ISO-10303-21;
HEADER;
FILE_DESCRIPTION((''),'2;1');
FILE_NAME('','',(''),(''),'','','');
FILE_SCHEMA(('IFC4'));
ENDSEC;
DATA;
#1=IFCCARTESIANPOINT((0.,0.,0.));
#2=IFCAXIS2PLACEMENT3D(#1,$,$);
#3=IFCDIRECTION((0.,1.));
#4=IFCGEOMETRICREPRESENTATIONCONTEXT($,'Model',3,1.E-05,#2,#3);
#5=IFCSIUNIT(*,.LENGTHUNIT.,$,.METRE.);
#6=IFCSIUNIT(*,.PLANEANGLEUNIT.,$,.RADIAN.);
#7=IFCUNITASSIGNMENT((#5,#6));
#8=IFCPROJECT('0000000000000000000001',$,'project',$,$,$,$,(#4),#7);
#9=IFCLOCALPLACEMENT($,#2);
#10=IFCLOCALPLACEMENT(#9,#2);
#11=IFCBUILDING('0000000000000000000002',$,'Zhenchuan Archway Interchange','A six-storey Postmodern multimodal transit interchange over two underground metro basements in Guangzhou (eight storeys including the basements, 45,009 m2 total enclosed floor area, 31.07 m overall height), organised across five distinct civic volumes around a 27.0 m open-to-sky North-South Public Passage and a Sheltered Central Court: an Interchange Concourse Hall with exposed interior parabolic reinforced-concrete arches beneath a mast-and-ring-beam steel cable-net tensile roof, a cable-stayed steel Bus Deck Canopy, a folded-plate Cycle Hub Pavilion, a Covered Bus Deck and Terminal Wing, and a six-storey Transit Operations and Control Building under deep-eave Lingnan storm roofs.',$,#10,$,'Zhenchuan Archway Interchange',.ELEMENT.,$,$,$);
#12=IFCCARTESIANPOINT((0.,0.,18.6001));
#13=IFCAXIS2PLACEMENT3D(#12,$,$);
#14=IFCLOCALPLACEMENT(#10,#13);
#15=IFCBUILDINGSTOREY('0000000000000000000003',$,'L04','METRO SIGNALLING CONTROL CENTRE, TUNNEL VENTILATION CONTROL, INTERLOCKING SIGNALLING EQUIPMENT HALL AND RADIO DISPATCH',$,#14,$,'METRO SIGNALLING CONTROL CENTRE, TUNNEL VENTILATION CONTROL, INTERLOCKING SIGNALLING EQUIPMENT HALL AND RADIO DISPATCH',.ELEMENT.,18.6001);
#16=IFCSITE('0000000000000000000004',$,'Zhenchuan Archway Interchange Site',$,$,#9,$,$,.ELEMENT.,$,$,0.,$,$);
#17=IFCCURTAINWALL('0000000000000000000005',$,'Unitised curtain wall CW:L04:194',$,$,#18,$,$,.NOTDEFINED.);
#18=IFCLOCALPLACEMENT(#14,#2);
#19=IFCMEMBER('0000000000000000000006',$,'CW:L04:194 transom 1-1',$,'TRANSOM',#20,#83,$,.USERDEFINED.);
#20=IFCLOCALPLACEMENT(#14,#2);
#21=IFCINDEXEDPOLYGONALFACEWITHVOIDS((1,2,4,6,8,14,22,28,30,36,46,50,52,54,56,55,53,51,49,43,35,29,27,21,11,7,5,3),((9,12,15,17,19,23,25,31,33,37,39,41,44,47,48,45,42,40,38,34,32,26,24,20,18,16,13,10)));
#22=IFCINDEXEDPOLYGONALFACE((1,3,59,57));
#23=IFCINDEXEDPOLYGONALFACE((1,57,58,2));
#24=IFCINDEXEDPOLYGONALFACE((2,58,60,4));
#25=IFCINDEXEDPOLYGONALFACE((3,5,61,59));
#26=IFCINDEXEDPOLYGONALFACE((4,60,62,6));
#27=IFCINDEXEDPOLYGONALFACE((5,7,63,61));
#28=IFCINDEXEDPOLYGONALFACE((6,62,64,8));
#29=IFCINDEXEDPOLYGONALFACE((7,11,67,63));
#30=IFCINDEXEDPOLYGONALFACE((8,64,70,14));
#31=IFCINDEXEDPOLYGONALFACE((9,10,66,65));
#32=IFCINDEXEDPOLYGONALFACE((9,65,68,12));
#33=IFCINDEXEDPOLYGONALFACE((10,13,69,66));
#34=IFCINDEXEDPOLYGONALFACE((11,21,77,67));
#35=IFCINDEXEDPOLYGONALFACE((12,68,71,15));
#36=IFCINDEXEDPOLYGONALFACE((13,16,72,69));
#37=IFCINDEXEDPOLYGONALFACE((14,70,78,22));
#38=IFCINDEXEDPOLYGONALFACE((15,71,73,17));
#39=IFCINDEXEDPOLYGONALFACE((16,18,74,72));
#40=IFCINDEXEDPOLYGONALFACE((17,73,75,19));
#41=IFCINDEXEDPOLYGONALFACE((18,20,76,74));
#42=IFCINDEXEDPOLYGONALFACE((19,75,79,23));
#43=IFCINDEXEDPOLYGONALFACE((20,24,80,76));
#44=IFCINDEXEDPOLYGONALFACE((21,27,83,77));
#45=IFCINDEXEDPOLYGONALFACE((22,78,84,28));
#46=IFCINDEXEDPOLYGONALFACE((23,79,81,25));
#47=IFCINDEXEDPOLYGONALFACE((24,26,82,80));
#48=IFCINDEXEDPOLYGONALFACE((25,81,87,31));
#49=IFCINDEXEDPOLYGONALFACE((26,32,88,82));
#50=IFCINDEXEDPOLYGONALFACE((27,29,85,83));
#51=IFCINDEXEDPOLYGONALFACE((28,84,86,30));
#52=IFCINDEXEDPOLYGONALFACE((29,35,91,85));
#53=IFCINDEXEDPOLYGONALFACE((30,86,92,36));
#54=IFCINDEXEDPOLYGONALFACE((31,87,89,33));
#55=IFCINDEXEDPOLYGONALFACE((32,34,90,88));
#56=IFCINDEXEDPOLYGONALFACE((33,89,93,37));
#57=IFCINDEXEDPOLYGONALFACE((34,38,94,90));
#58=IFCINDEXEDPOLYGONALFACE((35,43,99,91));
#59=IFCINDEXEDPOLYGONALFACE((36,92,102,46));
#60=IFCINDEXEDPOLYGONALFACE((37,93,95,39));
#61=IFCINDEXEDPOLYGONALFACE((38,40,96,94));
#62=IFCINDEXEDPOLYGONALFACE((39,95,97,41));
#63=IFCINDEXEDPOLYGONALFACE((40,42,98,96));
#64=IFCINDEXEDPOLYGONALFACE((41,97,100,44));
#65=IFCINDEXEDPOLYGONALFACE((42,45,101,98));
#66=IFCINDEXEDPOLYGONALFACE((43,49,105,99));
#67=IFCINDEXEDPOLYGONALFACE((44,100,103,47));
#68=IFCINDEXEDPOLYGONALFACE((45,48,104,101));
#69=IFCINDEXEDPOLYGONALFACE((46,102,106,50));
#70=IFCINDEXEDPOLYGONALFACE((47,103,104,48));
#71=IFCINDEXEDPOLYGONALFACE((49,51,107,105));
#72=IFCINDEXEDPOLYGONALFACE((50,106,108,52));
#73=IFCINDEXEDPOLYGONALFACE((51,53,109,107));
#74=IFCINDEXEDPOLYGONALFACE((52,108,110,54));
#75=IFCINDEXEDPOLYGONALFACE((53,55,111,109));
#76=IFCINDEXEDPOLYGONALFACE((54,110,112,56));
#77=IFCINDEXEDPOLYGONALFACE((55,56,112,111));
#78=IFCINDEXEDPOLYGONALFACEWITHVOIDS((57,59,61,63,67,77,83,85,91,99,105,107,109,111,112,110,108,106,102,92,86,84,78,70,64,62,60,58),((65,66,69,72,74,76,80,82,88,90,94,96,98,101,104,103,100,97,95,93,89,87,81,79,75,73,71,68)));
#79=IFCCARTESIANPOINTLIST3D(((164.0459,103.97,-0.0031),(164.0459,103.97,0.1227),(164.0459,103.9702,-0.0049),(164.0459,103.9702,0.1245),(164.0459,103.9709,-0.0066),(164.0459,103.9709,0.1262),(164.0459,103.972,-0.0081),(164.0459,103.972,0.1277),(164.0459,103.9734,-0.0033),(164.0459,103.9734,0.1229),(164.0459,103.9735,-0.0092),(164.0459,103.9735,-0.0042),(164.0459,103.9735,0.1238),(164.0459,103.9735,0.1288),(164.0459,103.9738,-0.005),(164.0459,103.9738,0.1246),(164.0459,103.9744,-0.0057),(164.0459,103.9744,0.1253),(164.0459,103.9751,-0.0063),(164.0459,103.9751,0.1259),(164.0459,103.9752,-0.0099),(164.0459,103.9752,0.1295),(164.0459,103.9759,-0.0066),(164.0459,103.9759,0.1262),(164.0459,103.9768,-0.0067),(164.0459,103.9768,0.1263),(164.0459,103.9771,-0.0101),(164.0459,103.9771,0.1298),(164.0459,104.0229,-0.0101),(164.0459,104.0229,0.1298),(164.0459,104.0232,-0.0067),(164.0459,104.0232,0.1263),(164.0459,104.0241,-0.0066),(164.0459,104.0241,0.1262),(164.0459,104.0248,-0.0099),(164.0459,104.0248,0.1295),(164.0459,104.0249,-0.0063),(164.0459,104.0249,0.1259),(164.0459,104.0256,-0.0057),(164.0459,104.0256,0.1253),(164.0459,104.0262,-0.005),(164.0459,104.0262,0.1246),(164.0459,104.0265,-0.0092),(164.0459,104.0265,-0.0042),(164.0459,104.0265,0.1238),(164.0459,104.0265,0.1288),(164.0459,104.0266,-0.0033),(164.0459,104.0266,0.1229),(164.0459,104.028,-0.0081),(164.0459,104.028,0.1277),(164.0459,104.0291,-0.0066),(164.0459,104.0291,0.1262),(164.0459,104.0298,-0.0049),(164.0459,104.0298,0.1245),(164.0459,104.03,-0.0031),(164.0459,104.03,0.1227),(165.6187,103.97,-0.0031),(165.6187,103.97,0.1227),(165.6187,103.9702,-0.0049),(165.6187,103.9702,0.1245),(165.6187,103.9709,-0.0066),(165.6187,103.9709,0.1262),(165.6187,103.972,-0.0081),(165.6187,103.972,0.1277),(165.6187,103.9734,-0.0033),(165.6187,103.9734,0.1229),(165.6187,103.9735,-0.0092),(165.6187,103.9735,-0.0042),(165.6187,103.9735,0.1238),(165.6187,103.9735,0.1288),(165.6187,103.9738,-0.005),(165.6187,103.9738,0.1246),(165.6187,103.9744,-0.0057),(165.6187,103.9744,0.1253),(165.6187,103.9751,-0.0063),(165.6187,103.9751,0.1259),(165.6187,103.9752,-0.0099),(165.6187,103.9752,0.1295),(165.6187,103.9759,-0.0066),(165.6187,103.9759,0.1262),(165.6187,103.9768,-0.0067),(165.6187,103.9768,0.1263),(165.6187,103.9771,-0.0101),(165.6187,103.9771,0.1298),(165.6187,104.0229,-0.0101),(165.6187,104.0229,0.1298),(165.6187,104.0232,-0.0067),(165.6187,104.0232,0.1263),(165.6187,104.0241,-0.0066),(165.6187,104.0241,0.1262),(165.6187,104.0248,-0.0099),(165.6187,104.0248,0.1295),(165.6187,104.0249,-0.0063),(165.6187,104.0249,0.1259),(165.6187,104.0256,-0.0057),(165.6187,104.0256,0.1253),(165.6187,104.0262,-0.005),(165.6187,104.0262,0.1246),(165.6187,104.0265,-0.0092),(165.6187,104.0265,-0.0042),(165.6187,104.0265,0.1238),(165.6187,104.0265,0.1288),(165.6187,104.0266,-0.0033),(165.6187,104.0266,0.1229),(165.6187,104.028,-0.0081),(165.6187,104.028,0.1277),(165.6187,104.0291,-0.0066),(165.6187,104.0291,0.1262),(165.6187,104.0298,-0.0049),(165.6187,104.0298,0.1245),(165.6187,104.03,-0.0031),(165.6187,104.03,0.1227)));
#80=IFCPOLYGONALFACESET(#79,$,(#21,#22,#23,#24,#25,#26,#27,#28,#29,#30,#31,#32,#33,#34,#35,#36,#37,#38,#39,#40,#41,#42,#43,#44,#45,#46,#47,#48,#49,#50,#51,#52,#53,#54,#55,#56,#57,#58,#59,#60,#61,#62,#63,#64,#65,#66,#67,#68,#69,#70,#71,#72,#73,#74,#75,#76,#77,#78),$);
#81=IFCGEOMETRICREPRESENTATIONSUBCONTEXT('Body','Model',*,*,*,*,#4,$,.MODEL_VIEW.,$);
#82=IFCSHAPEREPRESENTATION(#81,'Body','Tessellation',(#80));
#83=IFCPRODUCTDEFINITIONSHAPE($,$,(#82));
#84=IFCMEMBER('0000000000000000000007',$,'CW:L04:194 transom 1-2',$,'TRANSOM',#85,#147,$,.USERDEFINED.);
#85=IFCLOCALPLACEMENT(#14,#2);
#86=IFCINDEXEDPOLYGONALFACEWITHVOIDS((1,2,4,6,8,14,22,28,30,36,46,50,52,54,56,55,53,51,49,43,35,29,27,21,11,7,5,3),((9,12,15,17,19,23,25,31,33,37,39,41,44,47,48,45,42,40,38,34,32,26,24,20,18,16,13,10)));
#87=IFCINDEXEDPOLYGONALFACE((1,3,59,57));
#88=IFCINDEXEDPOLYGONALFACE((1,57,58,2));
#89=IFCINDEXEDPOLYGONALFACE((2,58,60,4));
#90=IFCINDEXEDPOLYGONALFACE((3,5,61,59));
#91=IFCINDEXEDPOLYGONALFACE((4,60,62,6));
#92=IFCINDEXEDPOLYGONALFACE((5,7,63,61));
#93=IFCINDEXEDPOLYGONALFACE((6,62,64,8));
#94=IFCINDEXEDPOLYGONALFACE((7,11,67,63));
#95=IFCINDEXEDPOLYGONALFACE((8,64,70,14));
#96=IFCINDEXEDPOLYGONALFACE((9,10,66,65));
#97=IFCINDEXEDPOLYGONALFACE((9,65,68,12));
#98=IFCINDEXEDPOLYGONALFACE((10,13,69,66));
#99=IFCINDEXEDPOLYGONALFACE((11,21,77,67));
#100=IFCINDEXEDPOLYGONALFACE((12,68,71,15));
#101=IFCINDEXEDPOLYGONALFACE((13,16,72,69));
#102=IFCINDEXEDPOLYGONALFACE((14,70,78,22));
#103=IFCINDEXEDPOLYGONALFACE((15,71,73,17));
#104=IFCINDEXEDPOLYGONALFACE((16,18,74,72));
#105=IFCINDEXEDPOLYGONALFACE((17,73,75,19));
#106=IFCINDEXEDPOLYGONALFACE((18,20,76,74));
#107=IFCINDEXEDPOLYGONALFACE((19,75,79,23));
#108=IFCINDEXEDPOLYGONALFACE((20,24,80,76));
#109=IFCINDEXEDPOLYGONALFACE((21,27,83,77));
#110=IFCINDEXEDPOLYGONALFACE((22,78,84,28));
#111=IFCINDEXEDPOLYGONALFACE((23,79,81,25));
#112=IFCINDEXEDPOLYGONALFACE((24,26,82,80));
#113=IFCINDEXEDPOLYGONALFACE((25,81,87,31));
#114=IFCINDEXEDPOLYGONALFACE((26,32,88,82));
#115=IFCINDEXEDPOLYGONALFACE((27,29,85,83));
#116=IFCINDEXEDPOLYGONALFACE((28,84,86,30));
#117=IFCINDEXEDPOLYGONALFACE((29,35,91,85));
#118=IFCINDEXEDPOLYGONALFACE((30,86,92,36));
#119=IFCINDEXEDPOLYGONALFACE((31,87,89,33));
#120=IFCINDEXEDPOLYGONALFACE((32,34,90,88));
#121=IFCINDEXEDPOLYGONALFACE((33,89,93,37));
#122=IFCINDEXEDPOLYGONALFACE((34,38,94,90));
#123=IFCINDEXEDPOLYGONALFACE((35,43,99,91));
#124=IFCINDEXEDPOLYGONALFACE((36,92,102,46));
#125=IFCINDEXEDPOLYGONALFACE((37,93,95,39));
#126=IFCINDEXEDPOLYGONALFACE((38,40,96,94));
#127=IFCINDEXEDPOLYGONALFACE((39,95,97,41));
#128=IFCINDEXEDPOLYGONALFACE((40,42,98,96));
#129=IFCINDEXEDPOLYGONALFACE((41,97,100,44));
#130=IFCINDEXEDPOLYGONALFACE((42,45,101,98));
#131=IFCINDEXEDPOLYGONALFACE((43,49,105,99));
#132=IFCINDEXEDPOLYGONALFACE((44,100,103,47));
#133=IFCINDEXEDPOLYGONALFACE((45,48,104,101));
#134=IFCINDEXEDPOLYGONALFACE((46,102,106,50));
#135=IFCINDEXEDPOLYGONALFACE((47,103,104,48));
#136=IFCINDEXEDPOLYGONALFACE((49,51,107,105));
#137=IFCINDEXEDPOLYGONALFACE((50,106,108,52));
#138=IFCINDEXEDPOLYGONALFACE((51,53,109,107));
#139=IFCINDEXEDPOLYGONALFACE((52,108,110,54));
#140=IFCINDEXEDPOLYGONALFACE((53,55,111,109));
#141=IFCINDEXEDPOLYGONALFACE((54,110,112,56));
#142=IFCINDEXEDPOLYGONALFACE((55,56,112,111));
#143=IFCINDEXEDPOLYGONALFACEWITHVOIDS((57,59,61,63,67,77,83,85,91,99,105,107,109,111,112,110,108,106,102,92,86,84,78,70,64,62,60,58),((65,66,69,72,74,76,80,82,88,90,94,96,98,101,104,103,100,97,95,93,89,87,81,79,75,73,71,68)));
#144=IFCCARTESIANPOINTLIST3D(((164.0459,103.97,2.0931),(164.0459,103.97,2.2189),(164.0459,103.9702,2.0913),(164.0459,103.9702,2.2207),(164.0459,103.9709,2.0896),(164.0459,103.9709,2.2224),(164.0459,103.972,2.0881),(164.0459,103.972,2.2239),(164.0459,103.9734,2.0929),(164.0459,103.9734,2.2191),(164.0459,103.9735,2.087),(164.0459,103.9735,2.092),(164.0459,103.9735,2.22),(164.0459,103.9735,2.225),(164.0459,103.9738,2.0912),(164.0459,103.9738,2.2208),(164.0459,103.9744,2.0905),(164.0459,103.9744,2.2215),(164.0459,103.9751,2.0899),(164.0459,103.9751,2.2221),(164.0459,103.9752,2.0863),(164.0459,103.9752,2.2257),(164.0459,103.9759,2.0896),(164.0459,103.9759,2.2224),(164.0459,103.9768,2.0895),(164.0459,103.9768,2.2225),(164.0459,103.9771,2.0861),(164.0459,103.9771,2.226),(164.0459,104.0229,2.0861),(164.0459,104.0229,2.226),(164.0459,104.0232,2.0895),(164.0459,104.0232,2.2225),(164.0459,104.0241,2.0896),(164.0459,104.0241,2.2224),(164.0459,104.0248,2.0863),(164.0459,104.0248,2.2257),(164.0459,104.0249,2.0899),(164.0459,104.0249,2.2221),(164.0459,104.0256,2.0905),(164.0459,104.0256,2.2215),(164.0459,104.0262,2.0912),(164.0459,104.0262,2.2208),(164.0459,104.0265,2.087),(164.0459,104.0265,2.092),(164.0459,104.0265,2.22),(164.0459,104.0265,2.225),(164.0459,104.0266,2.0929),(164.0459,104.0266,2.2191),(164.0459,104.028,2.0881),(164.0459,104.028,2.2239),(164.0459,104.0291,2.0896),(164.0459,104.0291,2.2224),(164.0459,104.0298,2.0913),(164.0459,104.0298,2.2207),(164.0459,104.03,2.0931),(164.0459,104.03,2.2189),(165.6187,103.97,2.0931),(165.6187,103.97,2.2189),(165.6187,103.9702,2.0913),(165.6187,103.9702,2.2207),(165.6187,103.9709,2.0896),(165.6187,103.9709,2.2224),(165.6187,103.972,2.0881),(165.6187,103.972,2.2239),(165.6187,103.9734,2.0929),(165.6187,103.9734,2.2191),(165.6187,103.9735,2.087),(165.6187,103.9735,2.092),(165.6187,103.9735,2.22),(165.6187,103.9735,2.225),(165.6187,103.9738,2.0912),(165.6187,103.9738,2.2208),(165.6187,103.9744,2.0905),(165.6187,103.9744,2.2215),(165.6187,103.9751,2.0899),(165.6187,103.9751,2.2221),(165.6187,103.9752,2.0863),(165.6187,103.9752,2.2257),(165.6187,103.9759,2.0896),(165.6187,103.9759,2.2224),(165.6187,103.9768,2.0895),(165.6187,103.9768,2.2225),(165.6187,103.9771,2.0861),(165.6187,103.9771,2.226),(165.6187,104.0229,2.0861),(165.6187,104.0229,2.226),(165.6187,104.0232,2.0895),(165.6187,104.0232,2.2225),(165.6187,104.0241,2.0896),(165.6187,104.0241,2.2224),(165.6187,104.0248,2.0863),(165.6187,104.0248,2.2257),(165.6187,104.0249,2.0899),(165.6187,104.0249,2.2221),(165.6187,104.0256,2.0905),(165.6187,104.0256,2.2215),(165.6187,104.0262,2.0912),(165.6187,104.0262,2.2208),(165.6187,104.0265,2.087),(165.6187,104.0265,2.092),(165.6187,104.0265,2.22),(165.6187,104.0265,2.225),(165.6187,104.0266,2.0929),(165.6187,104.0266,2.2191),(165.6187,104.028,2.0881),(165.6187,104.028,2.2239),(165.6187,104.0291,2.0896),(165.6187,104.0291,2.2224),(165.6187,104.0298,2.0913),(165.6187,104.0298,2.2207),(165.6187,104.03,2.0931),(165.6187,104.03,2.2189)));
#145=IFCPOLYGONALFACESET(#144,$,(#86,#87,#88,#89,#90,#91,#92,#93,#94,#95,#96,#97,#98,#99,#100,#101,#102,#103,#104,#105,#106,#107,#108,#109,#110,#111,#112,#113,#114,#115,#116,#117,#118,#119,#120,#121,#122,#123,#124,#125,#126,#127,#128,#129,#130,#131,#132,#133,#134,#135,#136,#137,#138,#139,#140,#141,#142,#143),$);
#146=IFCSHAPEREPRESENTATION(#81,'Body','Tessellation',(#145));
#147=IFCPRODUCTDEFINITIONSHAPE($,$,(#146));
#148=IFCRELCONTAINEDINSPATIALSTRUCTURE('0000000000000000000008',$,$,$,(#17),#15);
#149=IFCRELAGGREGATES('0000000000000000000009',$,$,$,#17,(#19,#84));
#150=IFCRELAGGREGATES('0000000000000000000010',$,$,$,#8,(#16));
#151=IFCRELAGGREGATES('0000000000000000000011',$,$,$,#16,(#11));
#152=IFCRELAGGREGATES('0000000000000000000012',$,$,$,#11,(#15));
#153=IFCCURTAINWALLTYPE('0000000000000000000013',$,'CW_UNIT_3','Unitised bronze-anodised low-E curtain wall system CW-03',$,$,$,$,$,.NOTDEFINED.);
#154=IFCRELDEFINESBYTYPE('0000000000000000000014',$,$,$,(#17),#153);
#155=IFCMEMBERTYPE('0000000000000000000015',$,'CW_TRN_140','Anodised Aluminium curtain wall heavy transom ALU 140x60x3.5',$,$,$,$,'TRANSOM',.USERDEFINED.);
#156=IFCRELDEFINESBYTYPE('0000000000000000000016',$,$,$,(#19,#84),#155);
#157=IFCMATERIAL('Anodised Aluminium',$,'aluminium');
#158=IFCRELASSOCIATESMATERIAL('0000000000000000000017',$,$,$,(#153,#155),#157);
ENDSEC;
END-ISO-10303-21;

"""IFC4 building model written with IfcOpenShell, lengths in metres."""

from ifc_helpers import new_model, si_unit, direction, frame, origin, origin_2d, place, context, subcontext, project, spatial, hollow_rectangle, extrude, material, material_profile, profile_set, type_object, element, aggregate, save


model = new_model("IFC4")

# Units and contexts
model_context = context("Model", 3, precision=1e-05, world=origin(), true_north=direction((0.0, 1.0)))
body_context = subcontext(model_context, "Body", "Model", "MODEL_VIEW")
ifc_project = project(units=[si_unit("LENGTHUNIT", "METRE"), si_unit("PLANEANGLEUNIT", "RADIAN")], contexts=[model_context])

# Site, building, storey
site_placement = place(None, origin())
site = spatial("IfcSite", under=ifc_project, at=site_placement, Name="Zhenchuan Archway Interchange Site", CompositionType="ELEMENT", RefElevation=0.0)
building_placement = place(site_placement, origin())
building = spatial("IfcBuilding", under=site, at=building_placement, Name="Zhenchuan Archway Interchange", Description="A six-storey Postmodern multimodal transit interchange over two underground metro basements in Guangzhou (eight storeys including the basements, 45,009 m2 total enclosed floor area, 31.07 m overall height), organised across five distinct civic volumes around a 27.0 m open-to-sky North-South Public Passage and a Sheltered Central Court: an Interchange Concourse Hall with exposed interior parabolic reinforced-concrete arches beneath a mast-and-ring-beam steel cable-net tensile roof, a cable-stayed steel Bus Deck Canopy, a folded-plate Cycle Hub Pavilion, a Covered Bus Deck and Terminal Wing, and a six-storey Transit Operations and Control Building under deep-eave Lingnan storm roofs.", LongName="Zhenchuan Archway Interchange", CompositionType="ELEMENT")
storey_placement = place(building_placement, frame((0.0, 0.0, 18.6001)))
storey = spatial("IfcBuildingStorey", under=building, at=storey_placement, Name="L04", Description="METRO SIGNALLING CONTROL CENTRE, TUNNEL VENTILATION CONTROL, INTERLOCKING SIGNALLING EQUIPMENT HALL AND RADIO DISPATCH", LongName="METRO SIGNALLING CONTROL CENTRE, TUNNEL VENTILATION CONTROL, INTERLOCKING SIGNALLING EQUIPMENT HALL AND RADIO DISPATCH", CompositionType="ELEMENT", Elevation=18.6001)

# Curtain wall, members
ifc_material_1 = material(Name="Anodised Aluminium", Category="aluminium")
curtain_wall_type = type_object("IfcCurtainWallType", Name="CW_UNIT_3", Description="Unitised bronze-anodised low-E curtain wall system CW-03", PredefinedType="NOTDEFINED", material=ifc_material_1)
curtain_wall_placement = place(storey_placement, origin())
curtain_wall = element("IfcCurtainWall", 1, at=curtain_wall_placement, inside=storey, type_object=curtain_wall_type, Name="Unitised curtain wall CW:L04:194", PredefinedType="NOTDEFINED")
ifc_material_profile_1 = material_profile(ifc_material_1, hollow_rectangle(XDim=0.0601, YDim=0.1399, WallThickness=0.0034, InnerFilletRadius=0.0034, OuterFilletRadius=0.0071, at=origin_2d()), Name="ALU 140x60x3.5")
ifc_profile_set_1 = profile_set([ifc_material_profile_1], Name="Anodised Aluminium")
member_type_1 = type_object("IfcMemberType", Name="CW_TRN_140", Description="Anodised Aluminium curtain wall heavy transom ALU 140x60x3.5", ElementType="TRANSOM", PredefinedType="USERDEFINED", material=ifc_profile_set_1)
member_1_placement = place(storey_placement, frame((164.0459, 104.0, 0.0598), z_axis=(1.0, 0.0, 0.0), x_axis=(0.0, 1.0, 0.0)))
member_1 = element("IfcMember", 2, at=member_1_placement, type_object=member_type_1, Name="CW:L04:194 transom 1-1", ObjectType="TRANSOM", PredefinedType="USERDEFINED", context=body_context, shape_type="SweptSolid", body=[
    extrude(hollow_rectangle(XDim=0.0601, YDim=0.1399, WallThickness=0.0034, InnerFilletRadius=0.0034, OuterFilletRadius=0.0071, at=origin_2d()), origin(), (0.0, 0.0, 1.0), 1.5728),
])
member_2_placement = place(storey_placement, frame((164.0459, 104.0, 2.156), z_axis=(1.0, 0.0, 0.0), x_axis=(0.0, 1.0, 0.0)))
member_2 = element("IfcMember", 3, at=member_2_placement, type_object=member_type_1, Name="CW:L04:194 transom 1-2", ObjectType="TRANSOM", PredefinedType="USERDEFINED", context=body_context, shape_type="SweptSolid", body=[
    extrude(hollow_rectangle(XDim=0.0601, YDim=0.1399, WallThickness=0.0034, InnerFilletRadius=0.0034, OuterFilletRadius=0.0071, at=origin_2d()), origin(), (0.0, 0.0, 1.0), 1.5728),
])

aggregate(curtain_wall, [member_1, member_2])

save(model, "model.ifc")
